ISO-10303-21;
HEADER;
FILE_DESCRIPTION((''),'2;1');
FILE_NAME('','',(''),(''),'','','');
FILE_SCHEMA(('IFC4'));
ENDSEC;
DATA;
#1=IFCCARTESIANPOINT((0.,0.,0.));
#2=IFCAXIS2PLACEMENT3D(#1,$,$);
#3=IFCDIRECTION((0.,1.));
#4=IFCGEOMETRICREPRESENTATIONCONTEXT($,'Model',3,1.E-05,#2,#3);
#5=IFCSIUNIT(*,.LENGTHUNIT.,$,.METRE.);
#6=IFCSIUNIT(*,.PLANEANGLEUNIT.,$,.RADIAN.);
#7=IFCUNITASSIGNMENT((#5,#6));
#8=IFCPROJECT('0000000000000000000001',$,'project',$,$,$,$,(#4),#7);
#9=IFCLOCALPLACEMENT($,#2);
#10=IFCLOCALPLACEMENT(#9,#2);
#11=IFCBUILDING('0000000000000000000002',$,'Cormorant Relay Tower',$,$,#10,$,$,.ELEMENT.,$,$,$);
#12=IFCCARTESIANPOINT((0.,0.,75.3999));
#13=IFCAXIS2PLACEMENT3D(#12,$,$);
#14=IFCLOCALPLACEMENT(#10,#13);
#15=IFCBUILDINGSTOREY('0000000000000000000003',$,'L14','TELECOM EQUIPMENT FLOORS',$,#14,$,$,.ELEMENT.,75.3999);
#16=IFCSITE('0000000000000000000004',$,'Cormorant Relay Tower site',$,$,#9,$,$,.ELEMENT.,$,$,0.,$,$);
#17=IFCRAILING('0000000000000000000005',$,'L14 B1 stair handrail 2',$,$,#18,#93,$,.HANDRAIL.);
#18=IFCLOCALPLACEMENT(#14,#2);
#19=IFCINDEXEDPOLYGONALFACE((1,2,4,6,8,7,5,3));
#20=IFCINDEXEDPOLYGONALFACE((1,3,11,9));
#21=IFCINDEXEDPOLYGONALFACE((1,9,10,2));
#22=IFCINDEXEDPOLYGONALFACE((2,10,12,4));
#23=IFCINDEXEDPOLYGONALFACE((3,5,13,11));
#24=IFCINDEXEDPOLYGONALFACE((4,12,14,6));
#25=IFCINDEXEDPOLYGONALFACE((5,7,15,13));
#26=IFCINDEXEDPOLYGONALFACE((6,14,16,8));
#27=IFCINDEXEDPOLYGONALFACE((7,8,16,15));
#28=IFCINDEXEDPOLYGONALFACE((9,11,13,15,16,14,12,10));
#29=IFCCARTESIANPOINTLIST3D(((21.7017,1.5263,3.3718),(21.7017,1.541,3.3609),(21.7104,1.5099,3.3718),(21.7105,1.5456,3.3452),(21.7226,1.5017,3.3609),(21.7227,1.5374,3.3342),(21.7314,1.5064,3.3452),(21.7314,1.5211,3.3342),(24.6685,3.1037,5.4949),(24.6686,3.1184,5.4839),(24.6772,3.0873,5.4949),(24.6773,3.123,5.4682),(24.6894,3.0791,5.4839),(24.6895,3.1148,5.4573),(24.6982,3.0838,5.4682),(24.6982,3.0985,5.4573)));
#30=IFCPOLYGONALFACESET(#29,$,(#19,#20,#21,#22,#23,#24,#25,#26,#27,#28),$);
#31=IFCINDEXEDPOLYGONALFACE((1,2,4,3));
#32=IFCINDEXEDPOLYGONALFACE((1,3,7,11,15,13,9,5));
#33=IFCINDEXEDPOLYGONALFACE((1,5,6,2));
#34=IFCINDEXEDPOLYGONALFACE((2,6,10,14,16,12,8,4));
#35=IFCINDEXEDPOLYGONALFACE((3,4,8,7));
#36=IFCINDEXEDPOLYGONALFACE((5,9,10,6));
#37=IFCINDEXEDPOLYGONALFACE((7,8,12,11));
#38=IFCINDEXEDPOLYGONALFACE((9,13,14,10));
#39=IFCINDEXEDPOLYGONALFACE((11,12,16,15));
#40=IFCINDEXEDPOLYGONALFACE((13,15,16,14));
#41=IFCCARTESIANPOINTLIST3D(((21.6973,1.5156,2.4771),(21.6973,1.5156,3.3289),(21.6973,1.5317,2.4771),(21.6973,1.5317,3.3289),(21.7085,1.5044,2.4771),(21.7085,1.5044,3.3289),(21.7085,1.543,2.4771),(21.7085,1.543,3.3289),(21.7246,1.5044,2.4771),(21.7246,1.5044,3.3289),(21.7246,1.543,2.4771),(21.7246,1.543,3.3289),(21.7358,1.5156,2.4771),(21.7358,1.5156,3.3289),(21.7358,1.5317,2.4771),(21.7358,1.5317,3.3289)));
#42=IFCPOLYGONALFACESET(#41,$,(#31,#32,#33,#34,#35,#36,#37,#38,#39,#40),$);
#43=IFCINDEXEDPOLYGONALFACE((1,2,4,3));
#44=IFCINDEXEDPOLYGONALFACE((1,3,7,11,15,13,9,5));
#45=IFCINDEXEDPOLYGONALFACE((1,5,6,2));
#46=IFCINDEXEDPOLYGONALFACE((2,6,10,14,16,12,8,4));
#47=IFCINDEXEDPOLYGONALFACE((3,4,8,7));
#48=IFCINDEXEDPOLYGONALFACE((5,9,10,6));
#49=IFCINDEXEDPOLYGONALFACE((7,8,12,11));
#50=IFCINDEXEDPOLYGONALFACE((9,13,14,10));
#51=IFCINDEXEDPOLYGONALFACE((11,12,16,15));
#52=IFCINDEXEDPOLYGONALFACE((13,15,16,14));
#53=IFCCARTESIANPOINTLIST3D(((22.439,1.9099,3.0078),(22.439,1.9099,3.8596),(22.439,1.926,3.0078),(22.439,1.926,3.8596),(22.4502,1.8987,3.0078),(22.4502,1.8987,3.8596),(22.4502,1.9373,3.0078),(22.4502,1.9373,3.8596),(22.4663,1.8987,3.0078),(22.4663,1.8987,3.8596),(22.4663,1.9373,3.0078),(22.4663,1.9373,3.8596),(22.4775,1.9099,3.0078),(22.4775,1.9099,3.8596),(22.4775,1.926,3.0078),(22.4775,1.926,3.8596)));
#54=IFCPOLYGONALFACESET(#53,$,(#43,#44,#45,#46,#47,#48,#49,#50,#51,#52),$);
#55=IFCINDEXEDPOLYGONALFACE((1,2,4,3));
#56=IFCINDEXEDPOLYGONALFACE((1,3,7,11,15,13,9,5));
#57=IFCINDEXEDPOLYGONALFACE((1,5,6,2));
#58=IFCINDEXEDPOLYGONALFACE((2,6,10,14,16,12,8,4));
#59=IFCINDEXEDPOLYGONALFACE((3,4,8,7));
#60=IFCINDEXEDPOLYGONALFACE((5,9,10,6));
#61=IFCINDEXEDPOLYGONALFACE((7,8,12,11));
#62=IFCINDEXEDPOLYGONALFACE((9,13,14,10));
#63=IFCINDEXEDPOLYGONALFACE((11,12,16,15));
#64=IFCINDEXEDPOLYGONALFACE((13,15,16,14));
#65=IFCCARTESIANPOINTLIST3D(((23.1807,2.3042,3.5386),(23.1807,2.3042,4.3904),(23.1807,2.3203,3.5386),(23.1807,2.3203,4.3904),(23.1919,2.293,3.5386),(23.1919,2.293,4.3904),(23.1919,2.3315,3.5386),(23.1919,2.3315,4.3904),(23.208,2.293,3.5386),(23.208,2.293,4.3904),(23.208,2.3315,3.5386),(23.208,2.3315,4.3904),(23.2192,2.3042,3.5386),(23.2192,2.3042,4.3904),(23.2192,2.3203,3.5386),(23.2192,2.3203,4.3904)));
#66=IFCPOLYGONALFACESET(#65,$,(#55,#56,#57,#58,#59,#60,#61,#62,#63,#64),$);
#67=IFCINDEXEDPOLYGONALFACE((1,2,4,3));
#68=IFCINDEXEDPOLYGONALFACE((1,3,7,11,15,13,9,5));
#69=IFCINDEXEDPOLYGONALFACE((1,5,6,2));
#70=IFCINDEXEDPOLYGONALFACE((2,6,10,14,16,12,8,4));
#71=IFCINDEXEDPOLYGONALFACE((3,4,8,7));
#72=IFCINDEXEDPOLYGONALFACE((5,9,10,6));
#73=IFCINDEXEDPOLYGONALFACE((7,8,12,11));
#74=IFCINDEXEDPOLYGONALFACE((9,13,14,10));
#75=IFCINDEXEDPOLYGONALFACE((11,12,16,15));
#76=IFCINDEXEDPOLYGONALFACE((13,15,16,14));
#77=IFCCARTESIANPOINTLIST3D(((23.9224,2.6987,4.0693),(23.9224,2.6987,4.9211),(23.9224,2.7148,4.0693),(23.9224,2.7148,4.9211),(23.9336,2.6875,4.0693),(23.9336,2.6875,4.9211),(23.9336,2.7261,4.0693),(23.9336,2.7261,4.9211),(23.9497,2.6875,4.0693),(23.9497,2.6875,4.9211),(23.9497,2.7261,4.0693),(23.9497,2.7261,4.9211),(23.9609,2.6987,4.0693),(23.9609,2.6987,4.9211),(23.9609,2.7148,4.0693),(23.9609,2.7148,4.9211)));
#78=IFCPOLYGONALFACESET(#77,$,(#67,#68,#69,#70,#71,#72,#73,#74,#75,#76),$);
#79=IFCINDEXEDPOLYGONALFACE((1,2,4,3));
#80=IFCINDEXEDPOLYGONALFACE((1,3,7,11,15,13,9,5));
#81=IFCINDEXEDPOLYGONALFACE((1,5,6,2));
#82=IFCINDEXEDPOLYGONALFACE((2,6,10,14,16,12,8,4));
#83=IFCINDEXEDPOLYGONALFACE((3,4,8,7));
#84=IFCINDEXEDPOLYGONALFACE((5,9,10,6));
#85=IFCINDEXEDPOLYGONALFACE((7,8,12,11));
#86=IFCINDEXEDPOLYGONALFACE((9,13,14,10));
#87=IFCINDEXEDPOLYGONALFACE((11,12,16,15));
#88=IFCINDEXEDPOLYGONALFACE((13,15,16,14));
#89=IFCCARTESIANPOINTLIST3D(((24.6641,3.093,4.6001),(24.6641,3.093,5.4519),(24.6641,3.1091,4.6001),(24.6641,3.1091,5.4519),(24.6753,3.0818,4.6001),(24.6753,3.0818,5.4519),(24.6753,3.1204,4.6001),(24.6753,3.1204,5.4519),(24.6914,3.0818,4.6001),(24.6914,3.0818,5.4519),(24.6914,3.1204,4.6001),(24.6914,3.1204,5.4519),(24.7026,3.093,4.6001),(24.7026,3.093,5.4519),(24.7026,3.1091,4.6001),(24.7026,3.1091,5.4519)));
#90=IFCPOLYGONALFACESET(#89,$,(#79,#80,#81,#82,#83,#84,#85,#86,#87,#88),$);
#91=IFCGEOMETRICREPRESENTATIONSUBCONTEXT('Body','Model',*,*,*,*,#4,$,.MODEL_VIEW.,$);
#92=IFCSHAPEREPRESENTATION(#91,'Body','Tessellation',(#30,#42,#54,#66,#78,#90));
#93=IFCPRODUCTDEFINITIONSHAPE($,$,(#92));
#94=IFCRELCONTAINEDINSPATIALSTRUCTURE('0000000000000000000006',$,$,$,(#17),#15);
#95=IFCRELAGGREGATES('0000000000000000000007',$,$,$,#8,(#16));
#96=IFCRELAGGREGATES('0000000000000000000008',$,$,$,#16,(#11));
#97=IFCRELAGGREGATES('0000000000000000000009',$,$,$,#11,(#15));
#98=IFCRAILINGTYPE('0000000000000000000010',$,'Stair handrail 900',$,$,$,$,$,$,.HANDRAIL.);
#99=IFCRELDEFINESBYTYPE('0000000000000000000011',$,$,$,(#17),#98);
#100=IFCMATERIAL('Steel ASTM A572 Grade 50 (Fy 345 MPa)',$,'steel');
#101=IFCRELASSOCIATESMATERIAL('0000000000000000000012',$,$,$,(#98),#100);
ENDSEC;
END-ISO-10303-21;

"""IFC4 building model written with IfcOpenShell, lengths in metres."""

from ifc_helpers import new_model, si_unit, direction, frame, origin, place, context, subcontext, project, spatial, polyline, outline, extrude, material, type_object, element, save


model = new_model("IFC4")

# Units and contexts
model_context = context("Model", 3, precision=1e-05, world=origin(), true_north=direction((0.0, 1.0)))
body_context = subcontext(model_context, "Body", "Model", "MODEL_VIEW")
ifc_project = project(units=[si_unit("LENGTHUNIT", "METRE"), si_unit("PLANEANGLEUNIT", "RADIAN")], contexts=[model_context])

# Site, building, storey
site_placement = place(None, origin())
site = spatial("IfcSite", under=ifc_project, at=site_placement, Name="Cormorant Relay Tower site", CompositionType="ELEMENT", RefElevation=0.0)
building_placement = place(site_placement, origin())
building = spatial("IfcBuilding", under=site, at=building_placement, Name="Cormorant Relay Tower", CompositionType="ELEMENT")
storey_placement = place(building_placement, frame((0.0, 0.0, 75.3999)))
storey = spatial("IfcBuildingStorey", under=building, at=storey_placement, Name="L14", Description="TELECOM EQUIPMENT FLOORS", CompositionType="ELEMENT", Elevation=75.3999)

# Railing
ifc_material_1 = material(Name="Steel ASTM A572 Grade 50 (Fy 345 MPa)", Category="steel")
railing_type_1 = type_object("IfcRailingType", Name="Stair handrail 900", PredefinedType="HANDRAIL", material=ifc_material_1)
railing_1_placement = place(storey_placement, frame((21.7166, 1.5237, 2.4771)))
element("IfcRailing", 1, at=railing_1_placement, inside=storey, type_object=railing_type_1, Name="L14 B1 stair handrail 2", PredefinedType="HANDRAIL", context=body_context, shape_type="SweptSolid", body=[
    extrude(outline(polyline([(0.0222, 0.0093), (0.0093, 0.0222), (-0.0093, 0.0222), (-0.0222, 0.0093), (-0.0222, -0.0093), (-0.0093, -0.0222), (0.0093, -0.0222), (0.0222, -0.0093), (0.0222, 0.0093)])), frame((0.0, 0.0, 0.876), z_axis=(0.746441, 0.396869, 0.534155), x_axis=(-0.469453, 0.882958, 0.0)), (0.0, 0.0, 1.0), 3.9746),
    extrude(outline(polyline([(0.0193, 0.0081), (0.0081, 0.0193), (-0.0081, 0.0193), (-0.0193, 0.0081), (-0.0193, -0.0081), (-0.0081, -0.0193), (0.0081, -0.0193), (0.0193, -0.0081), (0.0193, 0.0081)])), origin(), (0.0, 0.0, 1.0), 0.8518),
    extrude(outline(polyline([(0.0193, 0.0081), (0.0081, 0.0193), (-0.0081, 0.0193), (-0.0193, 0.0081), (-0.0193, -0.0081), (-0.0081, -0.0193), (0.0081, -0.0193), (0.0193, -0.0081), (0.0193, 0.0081)])), frame((0.7417, 0.3943, 0.5308)), (0.0, 0.0, 1.0), 0.8518),
    extrude(outline(polyline([(0.0193, 0.0081), (0.0081, 0.0193), (-0.0081, 0.0193), (-0.0193, 0.0081), (-0.0193, -0.0081), (-0.0081, -0.0193), (0.0081, -0.0193), (0.0193, -0.0081), (0.0193, 0.0081)])), frame((1.4834, 0.7886, 1.0615)), (0.0, 0.0, 1.0), 0.8518),
    extrude(outline(polyline([(0.0193, 0.0081), (0.0081, 0.0193), (-0.0081, 0.0193), (-0.0193, 0.0081), (-0.0193, -0.0081), (-0.0081, -0.0193), (0.0081, -0.0193), (0.0193, -0.0081), (0.0193, 0.0081)])), frame((2.2251, 1.1831, 1.5923)), (0.0, 0.0, 1.0), 0.8518),
    extrude(outline(polyline([(0.0193, 0.0081), (0.0081, 0.0193), (-0.0081, 0.0193), (-0.0193, 0.0081), (-0.0193, -0.0081), (-0.0081, -0.0193), (0.0081, -0.0193), (0.0193, -0.0081), (0.0193, 0.0081)])), frame((2.9668, 1.5774, 2.123)), (0.0, 0.0, 1.0), 0.8518),
])

save(model, "model.ifc")
